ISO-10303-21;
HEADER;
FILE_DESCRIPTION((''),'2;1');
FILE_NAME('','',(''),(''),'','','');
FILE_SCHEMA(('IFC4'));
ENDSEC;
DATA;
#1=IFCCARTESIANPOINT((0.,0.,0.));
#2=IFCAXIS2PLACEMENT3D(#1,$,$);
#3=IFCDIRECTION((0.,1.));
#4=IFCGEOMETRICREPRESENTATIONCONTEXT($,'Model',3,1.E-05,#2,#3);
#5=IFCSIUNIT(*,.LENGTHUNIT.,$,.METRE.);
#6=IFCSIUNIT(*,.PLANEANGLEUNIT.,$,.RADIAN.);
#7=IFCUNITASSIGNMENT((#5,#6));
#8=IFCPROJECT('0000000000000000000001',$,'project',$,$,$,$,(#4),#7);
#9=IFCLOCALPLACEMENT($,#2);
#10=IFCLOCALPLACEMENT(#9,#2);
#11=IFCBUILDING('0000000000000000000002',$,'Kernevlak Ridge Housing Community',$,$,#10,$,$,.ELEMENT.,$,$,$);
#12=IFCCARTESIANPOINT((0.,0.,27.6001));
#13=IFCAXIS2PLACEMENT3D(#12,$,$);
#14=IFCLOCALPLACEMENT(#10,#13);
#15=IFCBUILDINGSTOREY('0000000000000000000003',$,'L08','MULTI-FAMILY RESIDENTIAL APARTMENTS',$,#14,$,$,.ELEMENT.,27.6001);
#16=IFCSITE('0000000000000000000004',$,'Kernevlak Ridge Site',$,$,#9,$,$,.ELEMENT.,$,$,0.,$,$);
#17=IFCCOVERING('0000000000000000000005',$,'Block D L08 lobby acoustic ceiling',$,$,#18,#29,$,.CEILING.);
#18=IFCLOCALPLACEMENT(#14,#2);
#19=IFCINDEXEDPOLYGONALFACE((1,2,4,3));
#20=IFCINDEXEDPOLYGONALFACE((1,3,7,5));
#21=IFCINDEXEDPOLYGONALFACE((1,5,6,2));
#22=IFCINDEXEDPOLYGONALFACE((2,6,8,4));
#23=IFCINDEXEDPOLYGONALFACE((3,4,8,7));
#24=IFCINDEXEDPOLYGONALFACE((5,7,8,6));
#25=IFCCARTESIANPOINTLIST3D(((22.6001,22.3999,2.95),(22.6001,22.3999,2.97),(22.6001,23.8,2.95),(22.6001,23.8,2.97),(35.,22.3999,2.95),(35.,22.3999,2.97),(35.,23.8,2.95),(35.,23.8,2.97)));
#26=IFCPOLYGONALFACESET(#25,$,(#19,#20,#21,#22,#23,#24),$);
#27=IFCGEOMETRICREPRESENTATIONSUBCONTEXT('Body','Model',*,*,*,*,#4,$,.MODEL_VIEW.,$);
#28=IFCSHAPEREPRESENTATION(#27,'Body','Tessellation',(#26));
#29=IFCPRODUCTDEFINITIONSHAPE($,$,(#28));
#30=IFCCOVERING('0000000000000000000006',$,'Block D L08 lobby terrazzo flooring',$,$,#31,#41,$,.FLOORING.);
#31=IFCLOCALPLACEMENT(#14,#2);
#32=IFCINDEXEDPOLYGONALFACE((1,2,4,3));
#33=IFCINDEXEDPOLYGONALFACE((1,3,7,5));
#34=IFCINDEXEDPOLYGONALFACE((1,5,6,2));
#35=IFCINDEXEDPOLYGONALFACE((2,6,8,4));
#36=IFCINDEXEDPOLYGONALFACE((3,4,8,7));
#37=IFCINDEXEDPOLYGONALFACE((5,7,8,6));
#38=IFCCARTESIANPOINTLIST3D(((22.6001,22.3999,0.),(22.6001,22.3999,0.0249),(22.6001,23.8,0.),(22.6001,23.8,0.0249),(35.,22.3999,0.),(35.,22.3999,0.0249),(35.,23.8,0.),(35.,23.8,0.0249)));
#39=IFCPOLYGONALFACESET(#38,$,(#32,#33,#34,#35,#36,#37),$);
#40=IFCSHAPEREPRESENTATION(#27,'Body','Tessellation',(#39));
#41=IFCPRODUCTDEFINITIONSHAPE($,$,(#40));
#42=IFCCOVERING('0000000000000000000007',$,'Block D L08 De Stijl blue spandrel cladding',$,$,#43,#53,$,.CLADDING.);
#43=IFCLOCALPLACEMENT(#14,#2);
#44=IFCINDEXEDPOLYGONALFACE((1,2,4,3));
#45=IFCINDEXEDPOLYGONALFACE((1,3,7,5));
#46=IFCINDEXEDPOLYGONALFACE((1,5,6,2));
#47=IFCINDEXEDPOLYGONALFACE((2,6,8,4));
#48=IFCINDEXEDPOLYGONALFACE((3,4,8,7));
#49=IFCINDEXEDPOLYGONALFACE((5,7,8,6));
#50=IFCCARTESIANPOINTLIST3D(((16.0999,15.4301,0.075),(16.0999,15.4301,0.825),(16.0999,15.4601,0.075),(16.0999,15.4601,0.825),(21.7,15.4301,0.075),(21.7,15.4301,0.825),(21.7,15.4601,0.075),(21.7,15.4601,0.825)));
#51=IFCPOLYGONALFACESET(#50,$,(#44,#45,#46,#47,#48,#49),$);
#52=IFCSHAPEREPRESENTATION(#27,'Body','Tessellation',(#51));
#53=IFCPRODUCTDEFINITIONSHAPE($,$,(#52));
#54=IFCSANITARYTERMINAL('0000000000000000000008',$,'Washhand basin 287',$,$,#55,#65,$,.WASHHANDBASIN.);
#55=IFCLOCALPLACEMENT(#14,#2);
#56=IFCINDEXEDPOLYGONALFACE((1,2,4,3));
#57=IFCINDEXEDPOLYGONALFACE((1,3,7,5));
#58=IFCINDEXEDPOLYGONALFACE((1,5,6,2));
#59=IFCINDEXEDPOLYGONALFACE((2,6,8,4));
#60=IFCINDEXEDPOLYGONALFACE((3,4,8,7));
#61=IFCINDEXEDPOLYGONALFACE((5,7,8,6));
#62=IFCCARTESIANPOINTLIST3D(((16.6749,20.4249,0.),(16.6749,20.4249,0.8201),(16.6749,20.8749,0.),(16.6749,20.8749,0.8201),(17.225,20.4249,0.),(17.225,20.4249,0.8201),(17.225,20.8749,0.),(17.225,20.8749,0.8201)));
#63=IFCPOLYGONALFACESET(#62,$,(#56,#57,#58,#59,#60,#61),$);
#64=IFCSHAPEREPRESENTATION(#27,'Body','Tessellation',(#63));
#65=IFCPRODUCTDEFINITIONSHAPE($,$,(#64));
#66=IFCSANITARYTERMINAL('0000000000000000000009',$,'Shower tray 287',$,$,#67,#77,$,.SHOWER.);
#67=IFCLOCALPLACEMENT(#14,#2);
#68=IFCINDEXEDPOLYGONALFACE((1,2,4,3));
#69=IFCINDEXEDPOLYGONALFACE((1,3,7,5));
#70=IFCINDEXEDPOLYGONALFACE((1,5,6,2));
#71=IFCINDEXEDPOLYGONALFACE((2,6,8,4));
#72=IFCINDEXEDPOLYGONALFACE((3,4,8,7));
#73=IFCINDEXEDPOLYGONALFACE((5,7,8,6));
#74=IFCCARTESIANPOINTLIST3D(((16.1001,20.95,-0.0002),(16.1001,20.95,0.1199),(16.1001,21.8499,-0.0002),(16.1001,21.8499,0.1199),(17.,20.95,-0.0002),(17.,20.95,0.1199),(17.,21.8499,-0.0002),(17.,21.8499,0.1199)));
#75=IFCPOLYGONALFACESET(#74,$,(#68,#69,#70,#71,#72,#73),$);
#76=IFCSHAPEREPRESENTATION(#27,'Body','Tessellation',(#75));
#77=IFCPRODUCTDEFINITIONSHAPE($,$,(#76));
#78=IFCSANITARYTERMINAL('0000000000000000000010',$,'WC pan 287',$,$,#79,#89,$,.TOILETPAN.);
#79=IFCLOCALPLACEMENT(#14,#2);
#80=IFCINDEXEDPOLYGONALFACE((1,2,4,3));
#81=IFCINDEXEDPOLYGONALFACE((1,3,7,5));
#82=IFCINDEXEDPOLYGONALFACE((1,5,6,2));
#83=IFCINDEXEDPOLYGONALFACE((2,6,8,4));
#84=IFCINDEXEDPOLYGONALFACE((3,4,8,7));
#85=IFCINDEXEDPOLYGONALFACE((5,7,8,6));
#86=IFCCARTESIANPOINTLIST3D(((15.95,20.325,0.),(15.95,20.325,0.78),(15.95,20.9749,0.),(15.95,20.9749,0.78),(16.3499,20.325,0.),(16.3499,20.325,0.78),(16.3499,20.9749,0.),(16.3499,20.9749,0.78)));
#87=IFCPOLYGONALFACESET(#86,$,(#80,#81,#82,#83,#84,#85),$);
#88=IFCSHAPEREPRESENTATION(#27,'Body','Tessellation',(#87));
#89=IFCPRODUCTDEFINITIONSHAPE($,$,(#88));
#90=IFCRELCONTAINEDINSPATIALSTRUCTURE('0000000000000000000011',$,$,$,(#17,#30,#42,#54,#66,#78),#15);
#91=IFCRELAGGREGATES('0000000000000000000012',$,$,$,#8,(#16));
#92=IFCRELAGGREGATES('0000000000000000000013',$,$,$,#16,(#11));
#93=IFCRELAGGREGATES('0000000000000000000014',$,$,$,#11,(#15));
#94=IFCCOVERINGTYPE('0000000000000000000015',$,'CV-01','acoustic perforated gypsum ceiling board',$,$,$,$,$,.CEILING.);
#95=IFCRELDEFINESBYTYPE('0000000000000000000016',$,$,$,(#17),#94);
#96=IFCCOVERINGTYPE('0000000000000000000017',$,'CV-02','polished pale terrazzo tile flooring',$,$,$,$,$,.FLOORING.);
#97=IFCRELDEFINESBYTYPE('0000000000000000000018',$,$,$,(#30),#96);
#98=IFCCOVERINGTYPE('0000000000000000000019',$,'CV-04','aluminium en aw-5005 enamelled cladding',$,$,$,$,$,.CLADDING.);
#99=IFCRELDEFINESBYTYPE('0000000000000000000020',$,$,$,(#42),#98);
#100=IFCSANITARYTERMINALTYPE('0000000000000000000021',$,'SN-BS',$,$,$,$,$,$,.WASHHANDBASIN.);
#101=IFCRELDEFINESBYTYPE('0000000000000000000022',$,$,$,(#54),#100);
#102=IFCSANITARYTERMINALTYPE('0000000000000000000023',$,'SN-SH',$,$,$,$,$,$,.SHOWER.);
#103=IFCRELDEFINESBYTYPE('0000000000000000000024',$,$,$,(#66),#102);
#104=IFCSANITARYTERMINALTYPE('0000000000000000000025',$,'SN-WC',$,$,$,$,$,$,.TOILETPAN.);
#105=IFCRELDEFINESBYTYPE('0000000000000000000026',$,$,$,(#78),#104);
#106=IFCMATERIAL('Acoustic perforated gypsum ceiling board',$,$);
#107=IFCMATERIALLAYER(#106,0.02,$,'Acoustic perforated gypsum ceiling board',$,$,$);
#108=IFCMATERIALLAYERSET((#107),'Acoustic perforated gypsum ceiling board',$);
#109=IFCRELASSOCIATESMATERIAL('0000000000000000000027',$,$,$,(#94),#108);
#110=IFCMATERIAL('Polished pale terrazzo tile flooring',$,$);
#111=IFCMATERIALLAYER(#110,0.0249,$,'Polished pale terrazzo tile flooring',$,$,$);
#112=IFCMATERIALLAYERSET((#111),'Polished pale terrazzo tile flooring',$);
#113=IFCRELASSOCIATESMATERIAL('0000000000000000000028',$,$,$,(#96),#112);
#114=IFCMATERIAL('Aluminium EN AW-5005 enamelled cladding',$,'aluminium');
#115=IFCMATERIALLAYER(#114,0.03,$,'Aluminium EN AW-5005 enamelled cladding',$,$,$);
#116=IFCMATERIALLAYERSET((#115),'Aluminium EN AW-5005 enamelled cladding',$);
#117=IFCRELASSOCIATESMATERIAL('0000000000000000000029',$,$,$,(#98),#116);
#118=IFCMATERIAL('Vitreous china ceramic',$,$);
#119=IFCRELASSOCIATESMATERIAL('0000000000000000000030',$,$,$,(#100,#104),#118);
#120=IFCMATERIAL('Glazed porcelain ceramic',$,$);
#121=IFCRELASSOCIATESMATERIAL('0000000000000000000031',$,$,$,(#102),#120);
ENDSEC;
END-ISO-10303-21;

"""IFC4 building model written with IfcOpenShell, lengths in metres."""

from ifc_helpers import new_model, si_unit, direction, frame, origin, origin_2d, place, context, subcontext, project, spatial, polyline, rectangle, outline, extrude, material, layer, layer_set, type_object, element, save


model = new_model("IFC4")

# Units and contexts
model_context = context("Model", 3, precision=1e-05, world=origin(), true_north=direction((0.0, 1.0)))
body_context = subcontext(model_context, "Body", "Model", "MODEL_VIEW")
ifc_project = project(units=[si_unit("LENGTHUNIT", "METRE"), si_unit("PLANEANGLEUNIT", "RADIAN")], contexts=[model_context])

# Site, building, storey
site_placement = place(None, origin())
site = spatial("IfcSite", under=ifc_project, at=site_placement, Name="Kernevlak Ridge Site", CompositionType="ELEMENT", RefElevation=0.0)
building_placement = place(site_placement, origin())
building = spatial("IfcBuilding", under=site, at=building_placement, Name="Kernevlak Ridge Housing Community", CompositionType="ELEMENT")
storey_placement = place(building_placement, frame((0.0, 0.0, 27.6001)))
storey = spatial("IfcBuildingStorey", under=building, at=storey_placement, Name="L08", Description="MULTI-FAMILY RESIDENTIAL APARTMENTS", CompositionType="ELEMENT", Elevation=27.6001)

# Coverings
ifc_material_1 = material(Name="Acoustic perforated gypsum ceiling board")
ifc_layer_1 = layer(ifc_material_1, 0.02, Name="Acoustic perforated gypsum ceiling board")
ifc_layer_set_1 = layer_set([ifc_layer_1], Name="Acoustic perforated gypsum ceiling board")
covering_type_1 = type_object("IfcCoveringType", Name="CV-01", Description="acoustic perforated gypsum ceiling board", PredefinedType="CEILING", material=ifc_layer_set_1)
covering_1_placement = place(storey_placement, frame((0.0, 0.0, 2.95)))
element("IfcCovering", 1, at=covering_1_placement, inside=storey, type_object=covering_type_1, Name="Block D L08 lobby acoustic ceiling", PredefinedType="CEILING", context=body_context, shape_type="SweptSolid", body=[
    extrude(outline(polyline([(22.6001, 22.3999), (35.0, 22.3999), (35.0, 23.8), (22.6001, 23.8), (22.6001, 22.3999)])), origin(), (0.0, 0.0, 1.0), 0.02),
])
ifc_material_2 = material(Name="Polished pale terrazzo tile flooring")
ifc_layer_2 = layer(ifc_material_2, 0.0249, Name="Polished pale terrazzo tile flooring")
ifc_layer_set_2 = layer_set([ifc_layer_2], Name="Polished pale terrazzo tile flooring")
covering_type_2 = type_object("IfcCoveringType", Name="CV-02", Description="polished pale terrazzo tile flooring", PredefinedType="FLOORING", material=ifc_layer_set_2)
covering_2_placement = place(storey_placement, origin())
element("IfcCovering", 2, at=covering_2_placement, inside=storey, type_object=covering_type_2, Name="Block D L08 lobby terrazzo flooring", PredefinedType="FLOORING", context=body_context, shape_type="SweptSolid", body=[
    extrude(outline(polyline([(22.6001, 22.3999), (35.0, 22.3999), (35.0, 23.8), (22.6001, 23.8), (22.6001, 22.3999)])), origin(), (0.0, 0.0, 1.0), 0.0249),
])
ifc_material_3 = material(Name="Aluminium EN AW-5005 enamelled cladding", Category="aluminium")
ifc_layer_3 = layer(ifc_material_3, 0.03, Name="Aluminium EN AW-5005 enamelled cladding")
ifc_layer_set_3 = layer_set([ifc_layer_3], Name="Aluminium EN AW-5005 enamelled cladding")
covering_type_3 = type_object("IfcCoveringType", Name="CV-04", Description="aluminium en aw-5005 enamelled cladding", PredefinedType="CLADDING", material=ifc_layer_set_3)
covering_3_placement = place(storey_placement, frame((18.8999, 15.4451, 0.075), z_axis=(0.0, 0.0, 1.0), x_axis=(1.0, 0.0, 0.0)))
element("IfcCovering", 3, at=covering_3_placement, inside=storey, type_object=covering_type_3, Name="Block D L08 De Stijl blue spandrel cladding", PredefinedType="CLADDING", context=body_context, shape_type="SweptSolid", body=[
    extrude(rectangle(XDim=5.6001, YDim=0.03, at=origin_2d()), origin(), (0.0, 0.0, 1.0), 0.75),
])

# Sanitary terminals
ifc_material_4 = material(Name="Vitreous china ceramic")
sanitary_terminal_type_1 = type_object("IfcSanitaryTerminalType", Name="SN-BS", PredefinedType="WASHHANDBASIN", material=ifc_material_4)
sanitary_terminal_1_placement = place(storey_placement, frame((16.95, 20.6499, 0.0), z_axis=(0.0, 0.0, 1.0), x_axis=(1.0, 0.0, 0.0)))
element("IfcSanitaryTerminal", 4, at=sanitary_terminal_1_placement, inside=storey, type_object=sanitary_terminal_type_1, Name="Washhand basin 287", PredefinedType="WASHHANDBASIN", context=body_context, shape_type="SweptSolid", body=[
    extrude(rectangle(XDim=0.55, YDim=0.45, at=origin_2d()), origin(), (0.0, 0.0, 1.0), 0.8201),
])
ifc_material_5 = material(Name="Glazed porcelain ceramic")
sanitary_terminal_type_2 = type_object("IfcSanitaryTerminalType", Name="SN-SH", PredefinedType="SHOWER", material=ifc_material_5)
sanitary_terminal_2_placement = place(storey_placement, frame((16.55, 21.3999, -0.0002), z_axis=(0.0, 0.0, 1.0), x_axis=(1.0, 0.0, 0.0)))
element("IfcSanitaryTerminal", 5, at=sanitary_terminal_2_placement, inside=storey, type_object=sanitary_terminal_type_2, Name="Shower tray 287", PredefinedType="SHOWER", context=body_context, shape_type="SweptSolid", body=[
    extrude(rectangle(XDim=0.8999, YDim=0.8999, at=origin_2d()), origin(), (0.0, 0.0, 1.0), 0.1201),
])
sanitary_terminal_type_3 = type_object("IfcSanitaryTerminalType", Name="SN-WC", PredefinedType="TOILETPAN", material=ifc_material_4)
sanitary_terminal_3_placement = place(storey_placement, frame((16.1499, 20.6499, 0.0), z_axis=(0.0, 0.0, 1.0), x_axis=(1.0, 0.0, 0.0)))
element("IfcSanitaryTerminal", 6, at=sanitary_terminal_3_placement, inside=storey, type_object=sanitary_terminal_type_3, Name="WC pan 287", PredefinedType="TOILETPAN", context=body_context, shape_type="SweptSolid", body=[
    extrude(rectangle(XDim=0.3999, YDim=0.6499, at=origin_2d()), origin(), (0.0, 0.0, 1.0), 0.78),
])

save(model, "model.ifc")
